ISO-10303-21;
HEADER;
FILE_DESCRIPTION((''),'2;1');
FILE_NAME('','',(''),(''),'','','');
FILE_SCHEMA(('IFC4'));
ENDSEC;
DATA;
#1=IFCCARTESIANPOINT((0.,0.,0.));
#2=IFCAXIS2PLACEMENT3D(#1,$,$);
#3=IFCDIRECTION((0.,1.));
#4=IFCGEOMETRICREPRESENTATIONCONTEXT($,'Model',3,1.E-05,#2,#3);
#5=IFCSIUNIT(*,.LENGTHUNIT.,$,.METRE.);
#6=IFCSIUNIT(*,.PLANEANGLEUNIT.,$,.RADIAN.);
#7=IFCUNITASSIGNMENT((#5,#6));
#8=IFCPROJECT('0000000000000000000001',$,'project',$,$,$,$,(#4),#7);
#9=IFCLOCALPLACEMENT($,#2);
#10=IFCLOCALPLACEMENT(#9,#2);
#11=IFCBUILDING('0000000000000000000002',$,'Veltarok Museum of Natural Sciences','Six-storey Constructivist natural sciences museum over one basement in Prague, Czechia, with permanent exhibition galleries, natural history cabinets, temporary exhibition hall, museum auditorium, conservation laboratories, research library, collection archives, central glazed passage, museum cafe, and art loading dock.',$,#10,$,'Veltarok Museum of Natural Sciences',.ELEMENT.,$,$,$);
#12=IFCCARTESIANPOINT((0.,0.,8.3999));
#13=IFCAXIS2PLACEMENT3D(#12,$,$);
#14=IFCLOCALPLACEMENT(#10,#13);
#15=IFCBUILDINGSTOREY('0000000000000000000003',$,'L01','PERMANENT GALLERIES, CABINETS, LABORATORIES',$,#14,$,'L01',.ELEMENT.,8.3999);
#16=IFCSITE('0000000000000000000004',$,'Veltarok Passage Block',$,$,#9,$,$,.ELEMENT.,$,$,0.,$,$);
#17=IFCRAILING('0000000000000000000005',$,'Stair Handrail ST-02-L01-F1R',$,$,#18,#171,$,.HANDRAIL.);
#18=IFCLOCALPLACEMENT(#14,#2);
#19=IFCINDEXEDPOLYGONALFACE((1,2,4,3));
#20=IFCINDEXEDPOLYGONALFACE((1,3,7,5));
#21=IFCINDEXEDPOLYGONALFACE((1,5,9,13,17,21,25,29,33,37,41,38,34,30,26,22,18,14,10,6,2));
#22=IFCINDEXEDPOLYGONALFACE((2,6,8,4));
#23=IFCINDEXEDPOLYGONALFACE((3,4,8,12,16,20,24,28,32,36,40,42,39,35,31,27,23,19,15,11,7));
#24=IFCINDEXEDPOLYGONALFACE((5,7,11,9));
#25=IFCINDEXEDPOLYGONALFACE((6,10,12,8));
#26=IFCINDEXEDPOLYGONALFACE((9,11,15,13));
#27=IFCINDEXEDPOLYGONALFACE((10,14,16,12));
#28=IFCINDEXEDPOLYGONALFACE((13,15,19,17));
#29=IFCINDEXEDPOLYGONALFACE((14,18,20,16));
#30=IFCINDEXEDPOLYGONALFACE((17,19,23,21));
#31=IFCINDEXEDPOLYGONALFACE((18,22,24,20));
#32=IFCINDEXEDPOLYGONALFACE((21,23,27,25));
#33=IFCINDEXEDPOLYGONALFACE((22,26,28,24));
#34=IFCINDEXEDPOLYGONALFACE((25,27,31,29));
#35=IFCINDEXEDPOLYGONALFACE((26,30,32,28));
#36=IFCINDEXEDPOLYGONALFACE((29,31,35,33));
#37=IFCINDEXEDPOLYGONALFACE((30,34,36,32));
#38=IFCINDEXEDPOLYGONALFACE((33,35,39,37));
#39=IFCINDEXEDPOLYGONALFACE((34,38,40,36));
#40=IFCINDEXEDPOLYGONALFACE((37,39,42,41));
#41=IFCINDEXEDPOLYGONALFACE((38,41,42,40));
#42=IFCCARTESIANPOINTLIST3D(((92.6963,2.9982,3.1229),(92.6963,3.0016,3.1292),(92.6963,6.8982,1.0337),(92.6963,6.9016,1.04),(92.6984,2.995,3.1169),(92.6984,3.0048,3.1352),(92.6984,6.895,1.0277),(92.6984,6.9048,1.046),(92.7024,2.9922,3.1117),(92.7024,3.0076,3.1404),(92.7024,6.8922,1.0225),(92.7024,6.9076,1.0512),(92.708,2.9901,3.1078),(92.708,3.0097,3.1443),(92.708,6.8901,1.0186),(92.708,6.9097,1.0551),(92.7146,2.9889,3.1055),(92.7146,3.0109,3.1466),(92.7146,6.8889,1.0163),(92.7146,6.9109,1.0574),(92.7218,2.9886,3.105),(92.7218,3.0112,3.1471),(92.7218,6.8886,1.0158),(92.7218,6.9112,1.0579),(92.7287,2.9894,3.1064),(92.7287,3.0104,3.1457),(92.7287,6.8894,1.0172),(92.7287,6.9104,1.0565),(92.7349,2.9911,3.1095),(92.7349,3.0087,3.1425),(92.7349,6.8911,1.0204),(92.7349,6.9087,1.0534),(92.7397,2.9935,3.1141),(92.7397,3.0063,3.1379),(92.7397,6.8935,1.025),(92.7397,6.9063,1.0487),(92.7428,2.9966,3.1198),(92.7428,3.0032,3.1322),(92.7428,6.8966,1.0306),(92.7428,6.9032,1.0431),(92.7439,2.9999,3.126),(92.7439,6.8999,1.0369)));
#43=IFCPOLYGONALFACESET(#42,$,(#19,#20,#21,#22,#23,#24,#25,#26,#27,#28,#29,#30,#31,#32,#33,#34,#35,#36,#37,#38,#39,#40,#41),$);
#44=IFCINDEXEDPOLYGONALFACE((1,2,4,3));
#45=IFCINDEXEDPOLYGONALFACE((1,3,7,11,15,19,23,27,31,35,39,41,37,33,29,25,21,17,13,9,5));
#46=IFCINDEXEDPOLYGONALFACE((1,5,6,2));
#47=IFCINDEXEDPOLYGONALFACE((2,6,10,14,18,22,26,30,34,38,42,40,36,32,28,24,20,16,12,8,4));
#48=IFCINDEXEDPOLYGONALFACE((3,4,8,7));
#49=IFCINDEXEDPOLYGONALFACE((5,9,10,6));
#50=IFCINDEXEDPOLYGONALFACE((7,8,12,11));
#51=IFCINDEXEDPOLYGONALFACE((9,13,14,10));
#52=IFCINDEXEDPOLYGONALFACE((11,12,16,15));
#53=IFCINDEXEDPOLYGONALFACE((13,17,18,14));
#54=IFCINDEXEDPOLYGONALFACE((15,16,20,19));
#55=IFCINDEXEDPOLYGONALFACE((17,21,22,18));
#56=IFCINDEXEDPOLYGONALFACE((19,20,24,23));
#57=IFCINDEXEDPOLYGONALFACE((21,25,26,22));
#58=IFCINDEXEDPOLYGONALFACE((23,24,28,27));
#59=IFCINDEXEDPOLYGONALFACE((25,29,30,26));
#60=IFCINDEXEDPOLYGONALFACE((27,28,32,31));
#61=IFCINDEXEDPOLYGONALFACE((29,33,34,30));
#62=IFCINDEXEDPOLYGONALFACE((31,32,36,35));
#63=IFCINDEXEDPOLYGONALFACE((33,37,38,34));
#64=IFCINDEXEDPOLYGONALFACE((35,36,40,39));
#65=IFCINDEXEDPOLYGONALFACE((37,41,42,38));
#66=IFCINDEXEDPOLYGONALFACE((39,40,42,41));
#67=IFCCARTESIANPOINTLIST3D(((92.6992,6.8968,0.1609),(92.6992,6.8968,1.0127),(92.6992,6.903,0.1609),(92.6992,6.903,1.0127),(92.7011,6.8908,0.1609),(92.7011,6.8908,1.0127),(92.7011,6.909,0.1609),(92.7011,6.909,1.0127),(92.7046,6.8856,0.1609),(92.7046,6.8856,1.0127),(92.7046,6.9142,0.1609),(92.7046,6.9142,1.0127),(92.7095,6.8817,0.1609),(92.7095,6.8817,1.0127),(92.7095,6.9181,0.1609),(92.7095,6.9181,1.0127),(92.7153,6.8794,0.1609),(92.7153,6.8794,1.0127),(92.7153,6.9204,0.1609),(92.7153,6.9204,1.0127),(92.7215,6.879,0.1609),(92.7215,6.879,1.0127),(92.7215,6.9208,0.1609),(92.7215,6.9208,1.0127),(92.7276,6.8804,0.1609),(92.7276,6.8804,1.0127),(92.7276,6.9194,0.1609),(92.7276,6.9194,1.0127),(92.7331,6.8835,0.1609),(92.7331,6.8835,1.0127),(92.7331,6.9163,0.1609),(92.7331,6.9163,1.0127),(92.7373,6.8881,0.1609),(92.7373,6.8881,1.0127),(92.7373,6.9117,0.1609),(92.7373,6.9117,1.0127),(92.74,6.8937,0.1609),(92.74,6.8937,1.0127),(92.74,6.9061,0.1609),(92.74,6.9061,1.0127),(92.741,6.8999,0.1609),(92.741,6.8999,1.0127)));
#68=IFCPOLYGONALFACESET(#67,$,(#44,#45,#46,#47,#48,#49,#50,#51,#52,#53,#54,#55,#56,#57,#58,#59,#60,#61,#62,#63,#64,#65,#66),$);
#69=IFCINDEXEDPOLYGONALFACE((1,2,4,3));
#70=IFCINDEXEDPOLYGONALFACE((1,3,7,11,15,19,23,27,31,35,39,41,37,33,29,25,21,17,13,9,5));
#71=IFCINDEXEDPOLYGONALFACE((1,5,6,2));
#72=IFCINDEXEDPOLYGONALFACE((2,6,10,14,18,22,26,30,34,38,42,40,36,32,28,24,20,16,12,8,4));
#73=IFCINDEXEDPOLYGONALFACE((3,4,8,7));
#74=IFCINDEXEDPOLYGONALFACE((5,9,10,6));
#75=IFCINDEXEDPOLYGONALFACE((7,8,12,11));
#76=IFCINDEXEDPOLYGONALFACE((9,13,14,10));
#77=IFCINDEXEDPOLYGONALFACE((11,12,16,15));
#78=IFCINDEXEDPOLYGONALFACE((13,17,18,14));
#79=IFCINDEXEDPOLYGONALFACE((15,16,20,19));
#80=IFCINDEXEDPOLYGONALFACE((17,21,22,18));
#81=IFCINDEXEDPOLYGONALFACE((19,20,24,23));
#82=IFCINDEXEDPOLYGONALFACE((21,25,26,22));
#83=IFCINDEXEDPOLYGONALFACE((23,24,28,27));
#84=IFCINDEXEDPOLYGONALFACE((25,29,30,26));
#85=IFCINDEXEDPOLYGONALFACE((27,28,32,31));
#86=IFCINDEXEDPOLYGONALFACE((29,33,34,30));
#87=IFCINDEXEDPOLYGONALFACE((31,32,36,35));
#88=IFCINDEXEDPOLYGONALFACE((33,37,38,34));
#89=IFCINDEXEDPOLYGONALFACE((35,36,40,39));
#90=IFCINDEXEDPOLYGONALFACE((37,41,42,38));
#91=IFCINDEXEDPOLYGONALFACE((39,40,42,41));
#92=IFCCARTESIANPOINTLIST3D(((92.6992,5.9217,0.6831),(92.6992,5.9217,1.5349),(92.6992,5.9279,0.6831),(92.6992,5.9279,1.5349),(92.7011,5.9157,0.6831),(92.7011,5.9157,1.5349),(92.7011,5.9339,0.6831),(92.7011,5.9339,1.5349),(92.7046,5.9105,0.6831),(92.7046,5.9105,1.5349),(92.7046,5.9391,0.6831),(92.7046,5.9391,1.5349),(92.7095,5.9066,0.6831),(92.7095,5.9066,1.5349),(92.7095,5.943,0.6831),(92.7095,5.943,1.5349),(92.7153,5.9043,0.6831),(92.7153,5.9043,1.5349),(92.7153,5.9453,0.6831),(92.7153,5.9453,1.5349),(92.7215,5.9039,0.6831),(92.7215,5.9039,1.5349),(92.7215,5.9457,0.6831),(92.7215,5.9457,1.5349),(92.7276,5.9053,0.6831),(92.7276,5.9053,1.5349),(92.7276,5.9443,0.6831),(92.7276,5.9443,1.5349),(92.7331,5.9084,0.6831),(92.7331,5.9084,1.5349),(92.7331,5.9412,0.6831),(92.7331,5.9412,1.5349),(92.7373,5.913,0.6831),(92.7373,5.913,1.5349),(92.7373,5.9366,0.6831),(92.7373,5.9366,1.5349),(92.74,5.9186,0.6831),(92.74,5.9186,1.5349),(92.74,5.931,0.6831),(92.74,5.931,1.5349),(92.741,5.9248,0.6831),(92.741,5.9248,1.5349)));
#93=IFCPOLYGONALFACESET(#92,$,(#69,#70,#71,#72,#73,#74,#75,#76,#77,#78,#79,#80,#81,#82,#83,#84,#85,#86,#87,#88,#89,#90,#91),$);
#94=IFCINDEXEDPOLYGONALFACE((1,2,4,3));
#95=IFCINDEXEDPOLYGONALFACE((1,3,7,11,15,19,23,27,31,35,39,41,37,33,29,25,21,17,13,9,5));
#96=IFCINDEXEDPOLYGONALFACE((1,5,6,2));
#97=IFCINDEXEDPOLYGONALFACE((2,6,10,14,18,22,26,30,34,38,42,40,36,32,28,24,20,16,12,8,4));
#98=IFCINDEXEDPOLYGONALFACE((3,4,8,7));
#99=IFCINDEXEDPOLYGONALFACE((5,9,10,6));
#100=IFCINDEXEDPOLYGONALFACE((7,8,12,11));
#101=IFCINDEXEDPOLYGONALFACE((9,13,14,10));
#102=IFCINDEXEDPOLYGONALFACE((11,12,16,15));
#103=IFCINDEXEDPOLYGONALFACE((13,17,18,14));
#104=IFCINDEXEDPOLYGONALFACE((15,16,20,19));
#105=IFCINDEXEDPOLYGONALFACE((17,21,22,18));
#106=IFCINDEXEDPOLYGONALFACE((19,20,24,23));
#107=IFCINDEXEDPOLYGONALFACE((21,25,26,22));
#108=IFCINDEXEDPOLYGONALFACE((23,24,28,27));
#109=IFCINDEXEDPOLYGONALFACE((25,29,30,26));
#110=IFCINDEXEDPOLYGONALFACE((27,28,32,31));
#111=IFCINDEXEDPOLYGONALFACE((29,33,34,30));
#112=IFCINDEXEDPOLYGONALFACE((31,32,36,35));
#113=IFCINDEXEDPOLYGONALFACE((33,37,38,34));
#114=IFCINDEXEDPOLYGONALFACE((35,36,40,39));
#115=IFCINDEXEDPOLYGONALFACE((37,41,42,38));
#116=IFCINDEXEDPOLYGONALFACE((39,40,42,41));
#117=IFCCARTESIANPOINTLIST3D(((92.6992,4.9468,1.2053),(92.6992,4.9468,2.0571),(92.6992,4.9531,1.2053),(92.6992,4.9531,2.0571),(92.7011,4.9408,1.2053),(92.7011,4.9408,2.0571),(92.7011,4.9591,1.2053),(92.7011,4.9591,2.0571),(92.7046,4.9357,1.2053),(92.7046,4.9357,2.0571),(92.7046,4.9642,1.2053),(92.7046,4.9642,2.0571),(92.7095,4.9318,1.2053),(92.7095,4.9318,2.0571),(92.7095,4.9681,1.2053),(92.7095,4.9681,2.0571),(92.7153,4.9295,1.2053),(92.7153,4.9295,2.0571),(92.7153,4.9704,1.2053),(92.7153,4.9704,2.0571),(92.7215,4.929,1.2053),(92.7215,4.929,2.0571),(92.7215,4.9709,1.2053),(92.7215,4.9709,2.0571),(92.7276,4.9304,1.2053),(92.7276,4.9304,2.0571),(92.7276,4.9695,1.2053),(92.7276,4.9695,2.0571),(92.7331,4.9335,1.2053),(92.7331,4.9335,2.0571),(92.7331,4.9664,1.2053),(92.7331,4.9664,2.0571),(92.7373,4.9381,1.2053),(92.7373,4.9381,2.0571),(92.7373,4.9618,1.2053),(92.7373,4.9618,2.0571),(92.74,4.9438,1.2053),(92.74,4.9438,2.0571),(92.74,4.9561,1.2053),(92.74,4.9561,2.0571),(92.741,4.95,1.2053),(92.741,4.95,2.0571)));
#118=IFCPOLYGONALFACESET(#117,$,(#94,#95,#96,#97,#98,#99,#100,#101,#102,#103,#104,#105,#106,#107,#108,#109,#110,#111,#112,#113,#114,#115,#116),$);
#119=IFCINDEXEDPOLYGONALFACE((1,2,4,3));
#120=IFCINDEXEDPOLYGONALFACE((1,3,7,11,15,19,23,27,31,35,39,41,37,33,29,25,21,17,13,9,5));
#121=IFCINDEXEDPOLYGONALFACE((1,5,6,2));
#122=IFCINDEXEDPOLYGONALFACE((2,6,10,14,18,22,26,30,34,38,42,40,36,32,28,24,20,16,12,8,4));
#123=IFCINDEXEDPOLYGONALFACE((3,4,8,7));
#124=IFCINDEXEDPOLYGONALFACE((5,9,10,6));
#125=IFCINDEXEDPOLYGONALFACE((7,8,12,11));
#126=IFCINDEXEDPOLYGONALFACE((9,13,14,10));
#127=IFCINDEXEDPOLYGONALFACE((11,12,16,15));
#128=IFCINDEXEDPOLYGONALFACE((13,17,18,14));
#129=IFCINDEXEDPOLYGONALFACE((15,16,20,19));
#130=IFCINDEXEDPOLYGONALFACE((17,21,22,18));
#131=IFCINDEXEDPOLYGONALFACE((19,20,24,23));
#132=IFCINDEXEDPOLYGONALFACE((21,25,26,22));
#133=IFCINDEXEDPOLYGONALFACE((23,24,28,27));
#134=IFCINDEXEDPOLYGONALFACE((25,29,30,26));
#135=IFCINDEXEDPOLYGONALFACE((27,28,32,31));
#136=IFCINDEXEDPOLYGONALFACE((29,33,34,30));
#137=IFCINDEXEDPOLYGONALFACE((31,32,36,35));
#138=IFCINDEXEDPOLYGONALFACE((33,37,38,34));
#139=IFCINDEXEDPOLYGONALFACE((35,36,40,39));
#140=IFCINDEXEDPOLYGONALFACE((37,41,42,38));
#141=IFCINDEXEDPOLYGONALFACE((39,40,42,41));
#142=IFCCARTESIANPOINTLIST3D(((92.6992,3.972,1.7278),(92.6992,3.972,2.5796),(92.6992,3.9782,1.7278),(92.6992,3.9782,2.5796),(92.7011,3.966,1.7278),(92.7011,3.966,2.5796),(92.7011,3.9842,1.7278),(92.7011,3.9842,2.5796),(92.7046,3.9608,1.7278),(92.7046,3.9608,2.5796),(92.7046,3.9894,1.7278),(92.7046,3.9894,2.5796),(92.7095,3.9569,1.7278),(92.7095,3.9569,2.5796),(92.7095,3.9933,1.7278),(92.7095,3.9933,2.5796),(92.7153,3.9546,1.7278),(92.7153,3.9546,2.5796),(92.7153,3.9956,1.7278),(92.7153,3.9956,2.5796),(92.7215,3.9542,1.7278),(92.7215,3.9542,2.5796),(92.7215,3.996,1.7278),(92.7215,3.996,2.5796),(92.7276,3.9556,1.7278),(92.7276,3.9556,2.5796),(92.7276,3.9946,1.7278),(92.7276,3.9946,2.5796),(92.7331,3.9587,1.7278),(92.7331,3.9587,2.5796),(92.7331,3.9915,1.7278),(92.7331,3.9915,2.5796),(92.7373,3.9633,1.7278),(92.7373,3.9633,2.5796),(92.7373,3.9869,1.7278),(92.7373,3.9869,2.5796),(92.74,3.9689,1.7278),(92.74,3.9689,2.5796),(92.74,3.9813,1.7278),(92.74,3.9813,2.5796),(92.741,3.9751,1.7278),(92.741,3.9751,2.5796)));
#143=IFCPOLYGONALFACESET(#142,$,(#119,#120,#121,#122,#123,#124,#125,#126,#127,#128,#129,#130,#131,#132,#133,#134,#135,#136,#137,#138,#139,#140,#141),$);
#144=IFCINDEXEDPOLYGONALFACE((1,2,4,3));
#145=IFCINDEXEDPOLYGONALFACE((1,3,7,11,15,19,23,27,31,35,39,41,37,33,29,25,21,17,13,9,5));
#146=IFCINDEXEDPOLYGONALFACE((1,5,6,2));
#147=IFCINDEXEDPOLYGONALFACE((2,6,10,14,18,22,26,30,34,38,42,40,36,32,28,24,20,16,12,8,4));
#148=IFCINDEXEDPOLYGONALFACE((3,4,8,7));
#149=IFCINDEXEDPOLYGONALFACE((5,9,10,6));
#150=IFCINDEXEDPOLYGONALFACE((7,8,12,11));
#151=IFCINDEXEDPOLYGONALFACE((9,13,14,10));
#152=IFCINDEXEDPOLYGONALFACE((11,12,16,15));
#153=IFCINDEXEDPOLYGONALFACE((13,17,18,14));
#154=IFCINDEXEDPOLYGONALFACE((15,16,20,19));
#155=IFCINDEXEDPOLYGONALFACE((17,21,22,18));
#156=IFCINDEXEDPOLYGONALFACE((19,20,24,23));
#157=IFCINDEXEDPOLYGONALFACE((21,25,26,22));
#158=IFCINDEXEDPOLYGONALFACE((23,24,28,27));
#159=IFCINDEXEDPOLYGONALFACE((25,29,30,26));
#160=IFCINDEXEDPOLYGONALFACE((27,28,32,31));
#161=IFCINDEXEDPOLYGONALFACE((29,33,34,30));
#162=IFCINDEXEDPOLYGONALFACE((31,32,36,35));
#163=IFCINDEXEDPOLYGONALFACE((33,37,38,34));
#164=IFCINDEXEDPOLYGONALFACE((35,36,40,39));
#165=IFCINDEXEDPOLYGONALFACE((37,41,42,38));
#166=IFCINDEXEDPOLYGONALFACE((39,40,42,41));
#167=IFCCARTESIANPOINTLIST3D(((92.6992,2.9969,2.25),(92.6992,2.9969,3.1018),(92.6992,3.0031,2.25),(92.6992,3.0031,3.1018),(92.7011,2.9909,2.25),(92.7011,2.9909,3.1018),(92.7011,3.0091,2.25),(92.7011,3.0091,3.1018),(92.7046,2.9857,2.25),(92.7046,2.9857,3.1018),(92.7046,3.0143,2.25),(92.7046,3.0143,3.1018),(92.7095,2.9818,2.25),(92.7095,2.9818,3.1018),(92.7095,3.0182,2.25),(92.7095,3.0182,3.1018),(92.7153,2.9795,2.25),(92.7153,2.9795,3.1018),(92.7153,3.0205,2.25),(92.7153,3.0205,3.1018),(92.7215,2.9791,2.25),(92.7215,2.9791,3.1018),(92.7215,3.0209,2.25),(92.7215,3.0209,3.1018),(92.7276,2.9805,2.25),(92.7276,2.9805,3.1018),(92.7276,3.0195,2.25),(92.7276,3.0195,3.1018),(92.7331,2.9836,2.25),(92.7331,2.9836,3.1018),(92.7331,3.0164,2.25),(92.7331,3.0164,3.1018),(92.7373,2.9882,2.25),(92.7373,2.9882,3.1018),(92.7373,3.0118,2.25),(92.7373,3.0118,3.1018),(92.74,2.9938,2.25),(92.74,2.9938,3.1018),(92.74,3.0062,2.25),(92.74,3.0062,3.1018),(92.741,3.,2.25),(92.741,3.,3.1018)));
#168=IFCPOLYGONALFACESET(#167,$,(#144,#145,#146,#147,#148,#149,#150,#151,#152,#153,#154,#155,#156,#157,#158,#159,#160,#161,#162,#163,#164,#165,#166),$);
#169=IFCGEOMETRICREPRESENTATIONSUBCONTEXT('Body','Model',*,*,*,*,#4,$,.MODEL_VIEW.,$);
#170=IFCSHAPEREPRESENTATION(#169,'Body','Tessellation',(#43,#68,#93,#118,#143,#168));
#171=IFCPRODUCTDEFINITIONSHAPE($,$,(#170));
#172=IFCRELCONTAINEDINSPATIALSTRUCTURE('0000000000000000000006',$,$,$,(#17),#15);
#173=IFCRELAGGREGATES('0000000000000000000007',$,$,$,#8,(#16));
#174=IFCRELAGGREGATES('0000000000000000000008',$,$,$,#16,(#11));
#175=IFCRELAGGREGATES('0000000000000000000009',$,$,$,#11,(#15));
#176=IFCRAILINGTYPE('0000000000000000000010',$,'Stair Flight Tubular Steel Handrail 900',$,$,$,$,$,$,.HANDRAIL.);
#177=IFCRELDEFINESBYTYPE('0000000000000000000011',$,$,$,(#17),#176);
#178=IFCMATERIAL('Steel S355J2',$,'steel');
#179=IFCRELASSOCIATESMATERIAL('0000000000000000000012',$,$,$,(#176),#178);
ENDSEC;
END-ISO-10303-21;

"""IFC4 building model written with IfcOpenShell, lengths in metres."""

from ifc_helpers import new_model, si_unit, direction, frame, origin, origin_2d, place, context, subcontext, project, spatial, circle, extrude, material, type_object, element, save


model = new_model("IFC4")

# Units and contexts
model_context = context("Model", 3, precision=1e-05, world=origin(), true_north=direction((0.0, 1.0)))
body_context = subcontext(model_context, "Body", "Model", "MODEL_VIEW")
ifc_project = project(units=[si_unit("LENGTHUNIT", "METRE"), si_unit("PLANEANGLEUNIT", "RADIAN")], contexts=[model_context])

# Site, building, storey
site_placement = place(None, origin())
site = spatial("IfcSite", under=ifc_project, at=site_placement, Name="Veltarok Passage Block", CompositionType="ELEMENT", RefElevation=0.0)
building_placement = place(site_placement, origin())
building = spatial("IfcBuilding", under=site, at=building_placement, Name="Veltarok Museum of Natural Sciences", Description="Six-storey Constructivist natural sciences museum over one basement in Prague, Czechia, with permanent exhibition galleries, natural history cabinets, temporary exhibition hall, museum auditorium, conservation laboratories, research library, collection archives, central glazed passage, museum cafe, and art loading dock.", LongName="Veltarok Museum of Natural Sciences", CompositionType="ELEMENT")
storey_placement = place(building_placement, frame((0.0, 0.0, 8.3999)))
storey = spatial("IfcBuildingStorey", under=building, at=storey_placement, Name="L01", Description="PERMANENT GALLERIES, CABINETS, LABORATORIES", LongName="L01", CompositionType="ELEMENT", Elevation=8.3999)

# Shared definitions
ifc_material_1 = material(Name="Steel S355J2", Category="steel")

# Railing
railing_type_1 = type_object("IfcRailingType", Name="Stair Flight Tubular Steel Handrail 900", PredefinedType="HANDRAIL", material=ifc_material_1)
for number, where, name in (
    (1, (92.72, 6.8999, 0.1609), "Stair Handrail ST-02-L01-F1R"),
):
    element("IfcRailing", number, at=place(storey_placement, frame(where)), inside=storey, type_object=railing_type_1, Name=name, PredefinedType="HANDRAIL", context=body_context, shape_type="SweptSolid", body=[
        extrude(circle(Radius=0.0239, at=origin_2d()), frame((0.0, 0.0, 0.876), z_axis=(0.0, -0.881491, 0.4722), x_axis=(1.0, 0.0, 0.0)), (0.0, 0.0, 1.0), 4.4243),
        extrude(circle(Radius=0.021, at=origin_2d()), origin(), (0.0, 0.0, 1.0), 0.8518),
        extrude(circle(Radius=0.021, at=origin_2d()), frame((0.0, -0.9751, 0.5222)), (0.0, 0.0, 1.0), 0.8518),
        extrude(circle(Radius=0.021, at=origin_2d()), frame((0.0, -1.95, 1.0444)), (0.0, 0.0, 1.0), 0.8518),
        extrude(circle(Radius=0.021, at=origin_2d()), frame((0.0, -2.9248, 1.5669)), (0.0, 0.0, 1.0), 0.8518),
        extrude(circle(Radius=0.021, at=origin_2d()), frame((0.0, -3.8999, 2.0891)), (0.0, 0.0, 1.0), 0.8518),
    ])

save(model, "model.ifc")
